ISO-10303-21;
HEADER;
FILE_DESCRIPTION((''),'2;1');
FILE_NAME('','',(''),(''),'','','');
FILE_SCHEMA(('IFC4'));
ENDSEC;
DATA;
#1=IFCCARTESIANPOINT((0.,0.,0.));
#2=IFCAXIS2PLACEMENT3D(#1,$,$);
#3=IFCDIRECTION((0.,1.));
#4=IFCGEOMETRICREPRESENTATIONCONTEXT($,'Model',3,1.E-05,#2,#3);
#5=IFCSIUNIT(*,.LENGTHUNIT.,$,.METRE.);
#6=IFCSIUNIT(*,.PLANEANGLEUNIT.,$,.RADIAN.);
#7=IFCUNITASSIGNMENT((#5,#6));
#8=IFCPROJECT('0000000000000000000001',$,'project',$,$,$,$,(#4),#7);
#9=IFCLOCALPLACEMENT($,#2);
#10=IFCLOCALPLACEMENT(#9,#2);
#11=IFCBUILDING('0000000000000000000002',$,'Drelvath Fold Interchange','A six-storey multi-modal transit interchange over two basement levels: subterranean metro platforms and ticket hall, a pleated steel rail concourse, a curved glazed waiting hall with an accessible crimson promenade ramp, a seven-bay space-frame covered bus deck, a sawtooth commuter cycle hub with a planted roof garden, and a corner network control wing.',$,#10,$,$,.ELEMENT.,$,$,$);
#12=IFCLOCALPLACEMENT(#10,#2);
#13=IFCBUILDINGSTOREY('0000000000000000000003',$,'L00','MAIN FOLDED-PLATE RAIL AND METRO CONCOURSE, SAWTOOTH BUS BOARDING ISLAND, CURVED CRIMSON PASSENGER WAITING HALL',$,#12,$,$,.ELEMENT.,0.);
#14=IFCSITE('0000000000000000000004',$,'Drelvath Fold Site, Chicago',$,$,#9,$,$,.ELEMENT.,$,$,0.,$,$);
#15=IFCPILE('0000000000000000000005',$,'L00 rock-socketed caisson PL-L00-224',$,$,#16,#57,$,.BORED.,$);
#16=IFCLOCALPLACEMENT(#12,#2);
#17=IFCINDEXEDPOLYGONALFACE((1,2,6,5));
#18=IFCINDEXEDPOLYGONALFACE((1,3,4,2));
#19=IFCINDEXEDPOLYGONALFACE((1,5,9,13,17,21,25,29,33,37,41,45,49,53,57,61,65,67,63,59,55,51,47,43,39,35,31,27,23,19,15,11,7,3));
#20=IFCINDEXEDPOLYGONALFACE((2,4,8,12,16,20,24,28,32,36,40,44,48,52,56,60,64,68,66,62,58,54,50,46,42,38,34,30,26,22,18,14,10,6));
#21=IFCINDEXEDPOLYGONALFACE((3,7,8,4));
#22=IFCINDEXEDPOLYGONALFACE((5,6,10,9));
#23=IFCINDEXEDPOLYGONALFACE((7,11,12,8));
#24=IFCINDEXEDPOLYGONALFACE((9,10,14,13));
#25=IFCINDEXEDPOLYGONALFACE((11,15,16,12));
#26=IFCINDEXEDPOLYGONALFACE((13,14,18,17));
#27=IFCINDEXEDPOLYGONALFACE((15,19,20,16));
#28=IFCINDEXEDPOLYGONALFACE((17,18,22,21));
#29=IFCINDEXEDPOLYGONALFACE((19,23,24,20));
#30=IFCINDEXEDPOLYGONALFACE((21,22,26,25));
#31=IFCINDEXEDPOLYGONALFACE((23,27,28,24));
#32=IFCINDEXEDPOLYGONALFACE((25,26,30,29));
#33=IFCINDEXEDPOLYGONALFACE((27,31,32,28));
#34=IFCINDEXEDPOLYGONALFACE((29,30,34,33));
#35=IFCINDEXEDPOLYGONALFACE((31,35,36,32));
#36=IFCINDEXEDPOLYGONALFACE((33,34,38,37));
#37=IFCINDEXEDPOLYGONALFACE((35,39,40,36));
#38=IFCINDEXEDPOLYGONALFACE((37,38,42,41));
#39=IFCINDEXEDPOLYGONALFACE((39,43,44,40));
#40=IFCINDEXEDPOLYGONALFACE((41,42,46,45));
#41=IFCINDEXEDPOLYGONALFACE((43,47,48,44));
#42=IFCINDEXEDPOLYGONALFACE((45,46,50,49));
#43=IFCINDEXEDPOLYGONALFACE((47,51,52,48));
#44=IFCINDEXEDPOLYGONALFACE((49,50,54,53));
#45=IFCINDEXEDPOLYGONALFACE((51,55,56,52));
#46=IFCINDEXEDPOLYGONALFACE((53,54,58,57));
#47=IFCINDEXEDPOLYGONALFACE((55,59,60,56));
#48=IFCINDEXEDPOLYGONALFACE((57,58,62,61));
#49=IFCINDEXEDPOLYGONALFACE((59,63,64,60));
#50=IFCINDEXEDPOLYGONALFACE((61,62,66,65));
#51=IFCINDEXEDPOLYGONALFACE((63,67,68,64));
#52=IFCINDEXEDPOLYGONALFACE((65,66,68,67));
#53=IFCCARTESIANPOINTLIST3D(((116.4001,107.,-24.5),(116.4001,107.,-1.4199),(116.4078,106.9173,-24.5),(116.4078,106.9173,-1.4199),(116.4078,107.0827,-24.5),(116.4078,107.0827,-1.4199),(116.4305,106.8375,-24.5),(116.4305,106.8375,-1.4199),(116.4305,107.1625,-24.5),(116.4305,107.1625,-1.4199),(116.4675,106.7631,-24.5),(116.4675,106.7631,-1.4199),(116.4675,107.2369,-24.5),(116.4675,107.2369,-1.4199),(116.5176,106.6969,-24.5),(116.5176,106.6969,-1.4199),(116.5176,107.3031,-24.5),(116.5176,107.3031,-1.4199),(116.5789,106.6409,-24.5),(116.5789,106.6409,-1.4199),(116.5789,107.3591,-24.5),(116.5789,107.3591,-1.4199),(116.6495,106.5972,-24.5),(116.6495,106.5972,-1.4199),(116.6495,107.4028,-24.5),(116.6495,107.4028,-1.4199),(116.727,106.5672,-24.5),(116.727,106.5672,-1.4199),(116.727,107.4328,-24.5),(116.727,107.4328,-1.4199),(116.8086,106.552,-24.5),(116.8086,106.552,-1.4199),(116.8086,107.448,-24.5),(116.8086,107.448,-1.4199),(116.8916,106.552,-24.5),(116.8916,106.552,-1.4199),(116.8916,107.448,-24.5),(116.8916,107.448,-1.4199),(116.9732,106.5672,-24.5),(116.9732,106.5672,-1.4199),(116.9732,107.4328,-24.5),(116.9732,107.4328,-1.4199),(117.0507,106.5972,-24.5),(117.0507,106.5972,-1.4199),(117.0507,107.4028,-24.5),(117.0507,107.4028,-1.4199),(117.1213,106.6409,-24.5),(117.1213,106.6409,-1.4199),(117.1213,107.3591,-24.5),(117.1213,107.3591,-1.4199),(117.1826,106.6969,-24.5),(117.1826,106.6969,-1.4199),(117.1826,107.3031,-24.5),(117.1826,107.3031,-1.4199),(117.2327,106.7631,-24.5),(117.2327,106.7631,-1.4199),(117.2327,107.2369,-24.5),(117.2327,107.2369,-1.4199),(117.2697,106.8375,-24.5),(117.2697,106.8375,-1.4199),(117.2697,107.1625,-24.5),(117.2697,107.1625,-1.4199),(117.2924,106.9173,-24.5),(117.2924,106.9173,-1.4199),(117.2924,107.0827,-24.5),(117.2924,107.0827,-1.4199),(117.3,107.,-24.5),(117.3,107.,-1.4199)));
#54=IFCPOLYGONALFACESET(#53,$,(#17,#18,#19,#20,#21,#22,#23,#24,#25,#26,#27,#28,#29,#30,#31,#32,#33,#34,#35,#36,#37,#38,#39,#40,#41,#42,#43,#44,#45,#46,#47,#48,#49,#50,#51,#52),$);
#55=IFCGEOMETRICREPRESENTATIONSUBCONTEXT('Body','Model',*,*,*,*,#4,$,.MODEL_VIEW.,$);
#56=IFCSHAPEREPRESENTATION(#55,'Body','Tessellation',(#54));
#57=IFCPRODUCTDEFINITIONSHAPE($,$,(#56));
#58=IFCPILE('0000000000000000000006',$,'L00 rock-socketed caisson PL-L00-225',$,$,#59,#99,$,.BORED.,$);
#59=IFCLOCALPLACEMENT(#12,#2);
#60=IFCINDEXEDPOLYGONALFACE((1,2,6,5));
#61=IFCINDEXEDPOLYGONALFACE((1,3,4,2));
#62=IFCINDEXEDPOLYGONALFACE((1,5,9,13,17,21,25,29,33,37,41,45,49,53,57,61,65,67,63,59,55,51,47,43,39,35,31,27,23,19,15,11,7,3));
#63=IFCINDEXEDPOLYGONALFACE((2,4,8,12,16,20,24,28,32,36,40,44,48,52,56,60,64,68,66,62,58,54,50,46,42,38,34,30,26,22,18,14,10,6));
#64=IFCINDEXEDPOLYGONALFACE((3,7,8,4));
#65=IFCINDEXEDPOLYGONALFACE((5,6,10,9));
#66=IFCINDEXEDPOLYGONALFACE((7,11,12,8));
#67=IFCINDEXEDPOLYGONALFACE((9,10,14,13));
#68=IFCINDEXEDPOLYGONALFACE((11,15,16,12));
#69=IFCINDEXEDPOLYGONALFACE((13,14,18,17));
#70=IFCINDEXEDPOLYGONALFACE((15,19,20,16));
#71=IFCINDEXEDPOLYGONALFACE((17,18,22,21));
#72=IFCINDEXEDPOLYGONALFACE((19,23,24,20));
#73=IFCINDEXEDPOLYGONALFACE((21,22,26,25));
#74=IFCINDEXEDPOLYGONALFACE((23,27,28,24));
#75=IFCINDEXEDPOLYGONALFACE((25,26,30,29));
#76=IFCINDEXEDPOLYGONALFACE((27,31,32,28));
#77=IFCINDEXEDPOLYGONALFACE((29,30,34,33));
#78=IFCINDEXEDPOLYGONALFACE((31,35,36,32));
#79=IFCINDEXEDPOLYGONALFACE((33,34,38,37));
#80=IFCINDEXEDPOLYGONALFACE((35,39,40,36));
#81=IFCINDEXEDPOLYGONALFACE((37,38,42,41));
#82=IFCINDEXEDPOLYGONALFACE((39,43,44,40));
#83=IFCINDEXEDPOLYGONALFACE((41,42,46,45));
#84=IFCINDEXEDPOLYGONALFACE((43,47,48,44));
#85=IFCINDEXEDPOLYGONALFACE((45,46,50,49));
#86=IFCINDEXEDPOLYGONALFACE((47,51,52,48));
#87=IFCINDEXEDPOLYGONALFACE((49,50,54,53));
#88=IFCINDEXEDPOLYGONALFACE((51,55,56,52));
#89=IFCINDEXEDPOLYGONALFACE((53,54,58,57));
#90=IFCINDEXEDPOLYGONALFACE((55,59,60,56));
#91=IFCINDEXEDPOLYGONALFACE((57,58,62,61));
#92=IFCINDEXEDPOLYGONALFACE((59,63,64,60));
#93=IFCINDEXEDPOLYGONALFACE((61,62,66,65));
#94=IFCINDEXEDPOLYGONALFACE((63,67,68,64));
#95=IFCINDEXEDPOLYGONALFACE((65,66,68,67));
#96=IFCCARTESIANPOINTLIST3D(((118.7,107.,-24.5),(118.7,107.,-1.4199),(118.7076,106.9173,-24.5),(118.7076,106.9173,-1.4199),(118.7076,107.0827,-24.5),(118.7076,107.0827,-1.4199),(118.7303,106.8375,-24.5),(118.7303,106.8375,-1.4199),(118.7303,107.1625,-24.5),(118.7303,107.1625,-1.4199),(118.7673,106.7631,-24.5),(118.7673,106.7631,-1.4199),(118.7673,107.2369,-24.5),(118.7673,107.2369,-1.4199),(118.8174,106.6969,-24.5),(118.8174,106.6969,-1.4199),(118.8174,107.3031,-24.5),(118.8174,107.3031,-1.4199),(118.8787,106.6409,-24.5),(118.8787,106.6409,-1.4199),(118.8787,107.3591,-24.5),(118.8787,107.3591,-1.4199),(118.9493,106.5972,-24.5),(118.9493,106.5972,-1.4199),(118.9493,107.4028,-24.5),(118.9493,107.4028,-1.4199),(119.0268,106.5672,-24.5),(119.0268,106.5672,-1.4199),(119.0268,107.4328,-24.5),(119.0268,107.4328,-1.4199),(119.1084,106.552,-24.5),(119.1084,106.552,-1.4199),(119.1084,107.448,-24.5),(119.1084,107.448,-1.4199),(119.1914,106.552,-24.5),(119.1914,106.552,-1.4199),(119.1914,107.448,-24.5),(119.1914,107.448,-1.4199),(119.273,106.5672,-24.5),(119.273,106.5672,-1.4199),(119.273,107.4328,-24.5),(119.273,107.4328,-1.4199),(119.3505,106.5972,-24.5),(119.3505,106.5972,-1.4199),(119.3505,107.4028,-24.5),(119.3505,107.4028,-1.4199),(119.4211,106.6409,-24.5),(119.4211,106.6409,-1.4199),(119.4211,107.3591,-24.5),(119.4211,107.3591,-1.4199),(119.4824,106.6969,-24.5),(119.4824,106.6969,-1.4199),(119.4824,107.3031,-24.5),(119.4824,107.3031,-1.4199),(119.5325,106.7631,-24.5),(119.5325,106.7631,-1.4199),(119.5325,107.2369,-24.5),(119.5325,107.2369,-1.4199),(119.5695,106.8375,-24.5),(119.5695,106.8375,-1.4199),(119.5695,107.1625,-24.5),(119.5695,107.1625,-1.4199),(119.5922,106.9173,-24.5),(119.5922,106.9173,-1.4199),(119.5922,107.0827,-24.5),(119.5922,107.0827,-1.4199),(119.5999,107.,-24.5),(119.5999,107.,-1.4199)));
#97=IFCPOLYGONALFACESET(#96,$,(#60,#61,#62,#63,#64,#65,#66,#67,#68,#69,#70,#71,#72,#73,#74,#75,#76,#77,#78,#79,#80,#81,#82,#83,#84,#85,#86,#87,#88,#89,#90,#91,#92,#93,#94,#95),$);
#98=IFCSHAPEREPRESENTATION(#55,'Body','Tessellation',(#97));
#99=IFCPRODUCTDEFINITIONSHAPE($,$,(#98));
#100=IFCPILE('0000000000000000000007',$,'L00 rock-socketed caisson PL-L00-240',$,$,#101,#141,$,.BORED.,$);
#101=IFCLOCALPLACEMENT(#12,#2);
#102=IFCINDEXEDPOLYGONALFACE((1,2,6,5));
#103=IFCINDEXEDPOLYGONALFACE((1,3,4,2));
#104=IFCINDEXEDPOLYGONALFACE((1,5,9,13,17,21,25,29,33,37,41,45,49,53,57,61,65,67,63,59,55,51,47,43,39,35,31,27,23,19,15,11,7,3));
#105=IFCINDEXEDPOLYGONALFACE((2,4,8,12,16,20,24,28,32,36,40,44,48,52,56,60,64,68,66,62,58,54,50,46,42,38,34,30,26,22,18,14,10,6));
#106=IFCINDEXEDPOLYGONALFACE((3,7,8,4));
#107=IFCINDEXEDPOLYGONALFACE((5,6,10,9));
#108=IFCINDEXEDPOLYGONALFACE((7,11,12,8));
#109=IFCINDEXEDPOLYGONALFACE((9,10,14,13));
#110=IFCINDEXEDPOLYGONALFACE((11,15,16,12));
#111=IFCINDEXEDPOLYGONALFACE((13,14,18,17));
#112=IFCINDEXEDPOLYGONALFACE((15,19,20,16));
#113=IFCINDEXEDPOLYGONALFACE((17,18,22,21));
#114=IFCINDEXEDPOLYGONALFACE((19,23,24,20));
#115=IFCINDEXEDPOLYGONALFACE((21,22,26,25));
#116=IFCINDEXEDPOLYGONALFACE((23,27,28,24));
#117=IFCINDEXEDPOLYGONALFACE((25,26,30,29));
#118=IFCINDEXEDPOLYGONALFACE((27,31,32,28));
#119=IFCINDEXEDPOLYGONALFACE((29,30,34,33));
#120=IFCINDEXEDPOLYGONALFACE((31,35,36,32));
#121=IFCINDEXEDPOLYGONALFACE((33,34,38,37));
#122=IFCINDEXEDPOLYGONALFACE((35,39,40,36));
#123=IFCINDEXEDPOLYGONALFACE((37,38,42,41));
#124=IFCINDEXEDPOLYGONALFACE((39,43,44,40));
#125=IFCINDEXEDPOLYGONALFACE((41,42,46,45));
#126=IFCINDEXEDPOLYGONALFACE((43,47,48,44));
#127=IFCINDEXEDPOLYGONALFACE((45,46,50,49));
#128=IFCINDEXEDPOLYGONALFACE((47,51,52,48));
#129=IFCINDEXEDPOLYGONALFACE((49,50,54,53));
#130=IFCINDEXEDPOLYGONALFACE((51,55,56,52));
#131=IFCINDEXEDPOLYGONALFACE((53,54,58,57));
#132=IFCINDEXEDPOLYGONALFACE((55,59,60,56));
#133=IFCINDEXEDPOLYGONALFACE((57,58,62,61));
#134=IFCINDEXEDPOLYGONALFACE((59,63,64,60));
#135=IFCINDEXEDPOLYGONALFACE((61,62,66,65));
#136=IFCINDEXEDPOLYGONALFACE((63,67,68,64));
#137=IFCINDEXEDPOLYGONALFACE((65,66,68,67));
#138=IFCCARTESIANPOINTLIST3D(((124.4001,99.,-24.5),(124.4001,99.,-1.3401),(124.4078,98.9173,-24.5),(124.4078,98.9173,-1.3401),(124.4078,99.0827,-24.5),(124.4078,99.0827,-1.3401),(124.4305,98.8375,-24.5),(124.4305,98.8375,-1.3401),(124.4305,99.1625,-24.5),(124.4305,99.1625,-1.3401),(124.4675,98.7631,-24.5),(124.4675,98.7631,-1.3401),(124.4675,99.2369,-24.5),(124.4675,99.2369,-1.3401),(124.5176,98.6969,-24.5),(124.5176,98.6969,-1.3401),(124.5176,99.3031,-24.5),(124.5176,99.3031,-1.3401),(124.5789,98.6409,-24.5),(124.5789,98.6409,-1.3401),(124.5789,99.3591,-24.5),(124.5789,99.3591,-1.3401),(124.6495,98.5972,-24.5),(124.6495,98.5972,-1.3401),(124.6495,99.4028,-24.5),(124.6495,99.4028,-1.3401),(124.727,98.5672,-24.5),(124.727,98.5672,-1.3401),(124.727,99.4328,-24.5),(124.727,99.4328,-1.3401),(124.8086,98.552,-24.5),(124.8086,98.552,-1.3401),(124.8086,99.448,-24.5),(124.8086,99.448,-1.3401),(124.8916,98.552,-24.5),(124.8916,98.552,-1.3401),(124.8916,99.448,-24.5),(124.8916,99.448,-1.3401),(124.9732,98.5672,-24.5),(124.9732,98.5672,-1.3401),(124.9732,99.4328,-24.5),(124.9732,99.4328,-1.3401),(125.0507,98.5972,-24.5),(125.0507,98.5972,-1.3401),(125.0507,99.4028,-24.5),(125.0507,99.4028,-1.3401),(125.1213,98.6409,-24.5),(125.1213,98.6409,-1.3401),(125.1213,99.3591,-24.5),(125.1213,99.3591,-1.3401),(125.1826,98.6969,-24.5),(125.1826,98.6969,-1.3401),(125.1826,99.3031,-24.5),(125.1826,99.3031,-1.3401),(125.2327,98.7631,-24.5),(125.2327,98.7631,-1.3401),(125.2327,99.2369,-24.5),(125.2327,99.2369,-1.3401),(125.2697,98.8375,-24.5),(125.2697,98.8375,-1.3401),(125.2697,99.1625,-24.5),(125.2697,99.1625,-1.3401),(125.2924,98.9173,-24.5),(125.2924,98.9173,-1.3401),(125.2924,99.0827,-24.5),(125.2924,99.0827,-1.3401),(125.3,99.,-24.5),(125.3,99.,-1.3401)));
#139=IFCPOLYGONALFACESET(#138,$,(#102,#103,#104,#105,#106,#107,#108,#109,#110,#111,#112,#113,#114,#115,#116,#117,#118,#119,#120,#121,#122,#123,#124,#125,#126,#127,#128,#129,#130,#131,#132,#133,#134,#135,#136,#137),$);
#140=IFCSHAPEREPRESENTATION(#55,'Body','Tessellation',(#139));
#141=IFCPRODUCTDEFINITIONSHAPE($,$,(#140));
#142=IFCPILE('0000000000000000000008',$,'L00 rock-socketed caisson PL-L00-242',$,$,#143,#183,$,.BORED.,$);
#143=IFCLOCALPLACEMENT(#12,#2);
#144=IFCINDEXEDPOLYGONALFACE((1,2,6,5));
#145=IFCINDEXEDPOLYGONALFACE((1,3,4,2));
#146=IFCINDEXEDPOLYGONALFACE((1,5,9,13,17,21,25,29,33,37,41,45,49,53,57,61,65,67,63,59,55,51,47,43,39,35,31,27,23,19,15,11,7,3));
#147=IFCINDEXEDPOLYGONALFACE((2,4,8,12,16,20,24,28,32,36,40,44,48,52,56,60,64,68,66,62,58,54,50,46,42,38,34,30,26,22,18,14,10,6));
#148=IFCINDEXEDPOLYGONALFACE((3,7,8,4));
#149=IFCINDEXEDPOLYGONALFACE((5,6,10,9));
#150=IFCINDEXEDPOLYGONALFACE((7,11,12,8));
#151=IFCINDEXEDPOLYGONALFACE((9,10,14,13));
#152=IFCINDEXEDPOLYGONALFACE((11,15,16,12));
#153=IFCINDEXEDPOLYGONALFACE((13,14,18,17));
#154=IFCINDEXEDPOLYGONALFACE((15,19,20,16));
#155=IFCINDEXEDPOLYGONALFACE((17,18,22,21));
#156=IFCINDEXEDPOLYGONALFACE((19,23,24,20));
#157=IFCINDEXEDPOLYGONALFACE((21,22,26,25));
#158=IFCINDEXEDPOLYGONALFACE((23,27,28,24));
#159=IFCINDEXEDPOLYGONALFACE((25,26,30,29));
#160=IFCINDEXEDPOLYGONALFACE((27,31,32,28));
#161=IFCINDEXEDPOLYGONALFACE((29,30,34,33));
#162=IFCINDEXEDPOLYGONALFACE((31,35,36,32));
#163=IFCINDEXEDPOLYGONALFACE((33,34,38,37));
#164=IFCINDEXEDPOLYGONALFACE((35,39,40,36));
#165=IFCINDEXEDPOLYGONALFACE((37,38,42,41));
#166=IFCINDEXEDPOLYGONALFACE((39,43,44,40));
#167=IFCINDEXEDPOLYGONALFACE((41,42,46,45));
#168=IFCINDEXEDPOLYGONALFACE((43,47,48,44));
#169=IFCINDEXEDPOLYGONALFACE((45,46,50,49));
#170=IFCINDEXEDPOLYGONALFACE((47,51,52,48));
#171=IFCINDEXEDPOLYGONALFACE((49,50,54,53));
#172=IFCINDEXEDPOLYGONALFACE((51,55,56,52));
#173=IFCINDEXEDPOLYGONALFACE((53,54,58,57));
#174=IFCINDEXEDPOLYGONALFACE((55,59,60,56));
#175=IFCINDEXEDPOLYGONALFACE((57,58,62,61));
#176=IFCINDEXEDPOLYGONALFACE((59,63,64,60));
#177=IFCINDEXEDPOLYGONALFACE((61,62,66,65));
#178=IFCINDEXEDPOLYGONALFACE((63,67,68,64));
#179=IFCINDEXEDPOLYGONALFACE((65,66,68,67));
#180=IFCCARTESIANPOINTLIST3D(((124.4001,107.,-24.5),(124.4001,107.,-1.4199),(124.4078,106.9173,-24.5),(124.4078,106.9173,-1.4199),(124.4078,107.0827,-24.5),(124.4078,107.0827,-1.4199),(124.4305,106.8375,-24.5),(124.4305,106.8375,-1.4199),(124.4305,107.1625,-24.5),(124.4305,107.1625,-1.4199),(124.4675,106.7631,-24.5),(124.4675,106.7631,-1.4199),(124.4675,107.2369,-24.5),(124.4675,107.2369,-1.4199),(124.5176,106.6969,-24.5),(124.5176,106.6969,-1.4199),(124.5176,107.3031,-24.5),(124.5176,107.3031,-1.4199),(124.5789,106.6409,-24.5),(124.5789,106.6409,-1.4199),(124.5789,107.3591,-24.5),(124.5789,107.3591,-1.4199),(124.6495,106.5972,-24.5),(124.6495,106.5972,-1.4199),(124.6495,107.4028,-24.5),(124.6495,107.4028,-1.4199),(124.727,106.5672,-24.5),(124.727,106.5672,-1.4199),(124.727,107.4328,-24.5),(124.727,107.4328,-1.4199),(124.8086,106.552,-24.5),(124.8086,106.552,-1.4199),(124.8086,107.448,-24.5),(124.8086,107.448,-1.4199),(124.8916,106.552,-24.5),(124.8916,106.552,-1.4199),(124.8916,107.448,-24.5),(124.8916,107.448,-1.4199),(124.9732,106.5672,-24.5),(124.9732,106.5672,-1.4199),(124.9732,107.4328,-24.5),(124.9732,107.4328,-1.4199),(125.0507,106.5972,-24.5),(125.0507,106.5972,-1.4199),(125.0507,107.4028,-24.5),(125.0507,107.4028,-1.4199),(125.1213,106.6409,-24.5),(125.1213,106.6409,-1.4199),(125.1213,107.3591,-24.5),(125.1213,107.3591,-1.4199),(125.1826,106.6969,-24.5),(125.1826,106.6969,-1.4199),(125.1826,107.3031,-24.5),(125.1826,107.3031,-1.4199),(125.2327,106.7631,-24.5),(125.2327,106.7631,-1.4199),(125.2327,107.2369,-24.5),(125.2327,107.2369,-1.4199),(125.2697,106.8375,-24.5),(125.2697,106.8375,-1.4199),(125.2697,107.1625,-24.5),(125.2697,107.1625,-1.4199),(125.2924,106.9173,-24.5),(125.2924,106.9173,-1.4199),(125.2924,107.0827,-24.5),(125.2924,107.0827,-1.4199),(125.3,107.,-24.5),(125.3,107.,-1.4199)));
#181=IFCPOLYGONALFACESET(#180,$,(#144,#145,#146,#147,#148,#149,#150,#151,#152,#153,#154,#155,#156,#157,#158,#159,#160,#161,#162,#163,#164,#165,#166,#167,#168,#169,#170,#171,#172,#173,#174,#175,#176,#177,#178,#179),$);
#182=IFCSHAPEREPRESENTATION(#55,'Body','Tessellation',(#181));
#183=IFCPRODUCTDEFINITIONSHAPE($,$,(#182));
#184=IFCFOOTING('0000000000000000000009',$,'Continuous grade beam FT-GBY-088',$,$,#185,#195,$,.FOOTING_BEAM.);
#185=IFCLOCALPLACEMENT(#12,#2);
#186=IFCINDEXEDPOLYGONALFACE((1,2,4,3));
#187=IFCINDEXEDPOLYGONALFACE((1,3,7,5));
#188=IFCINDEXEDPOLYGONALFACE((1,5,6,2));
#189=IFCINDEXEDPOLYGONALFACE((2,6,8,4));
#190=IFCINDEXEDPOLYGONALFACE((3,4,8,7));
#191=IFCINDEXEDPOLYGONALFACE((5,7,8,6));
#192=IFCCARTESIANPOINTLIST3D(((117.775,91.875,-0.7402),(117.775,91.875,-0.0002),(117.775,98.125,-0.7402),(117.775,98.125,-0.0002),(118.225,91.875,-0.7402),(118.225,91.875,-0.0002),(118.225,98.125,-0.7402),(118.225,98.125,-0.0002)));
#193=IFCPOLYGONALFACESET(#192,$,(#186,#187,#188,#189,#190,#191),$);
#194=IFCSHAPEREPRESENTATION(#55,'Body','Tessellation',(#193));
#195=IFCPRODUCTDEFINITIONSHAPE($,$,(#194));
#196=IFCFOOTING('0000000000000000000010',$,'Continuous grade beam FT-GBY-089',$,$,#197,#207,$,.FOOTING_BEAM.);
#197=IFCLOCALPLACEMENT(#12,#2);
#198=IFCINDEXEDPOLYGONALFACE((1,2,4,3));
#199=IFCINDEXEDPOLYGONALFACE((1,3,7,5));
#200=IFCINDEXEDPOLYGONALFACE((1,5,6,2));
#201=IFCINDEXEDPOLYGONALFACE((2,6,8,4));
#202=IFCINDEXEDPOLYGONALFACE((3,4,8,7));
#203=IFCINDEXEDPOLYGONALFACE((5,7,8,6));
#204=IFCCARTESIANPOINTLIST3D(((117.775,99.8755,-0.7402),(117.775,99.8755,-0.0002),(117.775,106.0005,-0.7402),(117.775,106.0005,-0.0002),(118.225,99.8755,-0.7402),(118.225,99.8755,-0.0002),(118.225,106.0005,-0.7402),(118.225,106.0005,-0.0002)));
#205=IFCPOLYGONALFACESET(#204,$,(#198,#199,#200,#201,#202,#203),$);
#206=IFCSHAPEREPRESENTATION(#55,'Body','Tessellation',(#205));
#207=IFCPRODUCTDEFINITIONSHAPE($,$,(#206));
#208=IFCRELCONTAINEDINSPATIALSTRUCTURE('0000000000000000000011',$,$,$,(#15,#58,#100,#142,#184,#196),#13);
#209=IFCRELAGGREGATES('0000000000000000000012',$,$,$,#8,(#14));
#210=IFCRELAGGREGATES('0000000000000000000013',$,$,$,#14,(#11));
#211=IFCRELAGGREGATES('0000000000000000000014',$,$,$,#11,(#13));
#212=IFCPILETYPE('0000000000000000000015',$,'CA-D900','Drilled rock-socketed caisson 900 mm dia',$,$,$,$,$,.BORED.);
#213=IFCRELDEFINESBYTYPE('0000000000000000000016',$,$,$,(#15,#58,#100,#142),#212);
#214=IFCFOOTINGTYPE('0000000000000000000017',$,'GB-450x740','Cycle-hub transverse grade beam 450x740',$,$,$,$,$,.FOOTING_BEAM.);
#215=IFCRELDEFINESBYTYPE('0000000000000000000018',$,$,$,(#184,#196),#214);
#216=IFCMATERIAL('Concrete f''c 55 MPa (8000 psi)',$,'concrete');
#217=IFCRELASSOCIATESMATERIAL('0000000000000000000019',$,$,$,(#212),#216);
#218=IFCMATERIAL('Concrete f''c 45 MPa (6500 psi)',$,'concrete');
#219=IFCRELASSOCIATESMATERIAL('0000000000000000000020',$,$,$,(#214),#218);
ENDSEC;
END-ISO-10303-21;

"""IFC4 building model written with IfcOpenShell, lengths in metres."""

from ifc_helpers import new_model, si_unit, direction, frame, origin, origin_2d, place, context, subcontext, project, spatial, rectangle, circle, extrude, material, material_profile, profile_set, type_object, element, save


model = new_model("IFC4")

# Units and contexts
model_context = context("Model", 3, precision=1e-05, world=origin(), true_north=direction((0.0, 1.0)))
body_context = subcontext(model_context, "Body", "Model", "MODEL_VIEW")
ifc_project = project(units=[si_unit("LENGTHUNIT", "METRE"), si_unit("PLANEANGLEUNIT", "RADIAN")], contexts=[model_context])

# Site, building, storey
site_placement = place(None, origin())
site = spatial("IfcSite", under=ifc_project, at=site_placement, Name="Drelvath Fold Site, Chicago", CompositionType="ELEMENT", RefElevation=0.0)
building_placement = place(site_placement, origin())
building = spatial("IfcBuilding", under=site, at=building_placement, Name="Drelvath Fold Interchange", Description="A six-storey multi-modal transit interchange over two basement levels: subterranean metro platforms and ticket hall, a pleated steel rail concourse, a curved glazed waiting hall with an accessible crimson promenade ramp, a seven-bay space-frame covered bus deck, a sawtooth commuter cycle hub with a planted roof garden, and a corner network control wing.", CompositionType="ELEMENT")
storey_placement = place(building_placement, origin())
storey = spatial("IfcBuildingStorey", under=building, at=storey_placement, Name="L00", Description="MAIN FOLDED-PLATE RAIL AND METRO CONCOURSE, SAWTOOTH BUS BOARDING ISLAND, CURVED CRIMSON PASSENGER WAITING HALL", CompositionType="ELEMENT", Elevation=0.0)

# Piles
ifc_material_1 = material(Name="Concrete f'c 55 MPa (8000 psi)", Category="concrete")
ifc_material_profile_1 = material_profile(ifc_material_1, circle(Radius=0.45, at=origin_2d()), Name="CAISSON D900")
ifc_profile_set_1 = profile_set([ifc_material_profile_1], Name="Concrete f'c 55 MPa (8000 psi)")
pile_type = type_object("IfcPileType", Name="CA-D900", Description="Drilled rock-socketed caisson 900 mm dia", PredefinedType="BORED", material=ifc_profile_set_1)
for number, where, z_axis, x_axis, name in (
    (1, (116.8501, 107.0, -1.4199), (0.0, 0.0, -1.0), (1.0, 0.0, 0.0), "L00 rock-socketed caisson PL-L00-224"),
    (2, (119.1499, 107.0, -1.4199), (0.0, 0.0, -1.0), (1.0, 0.0, 0.0), "L00 rock-socketed caisson PL-L00-225"),
):
    element("IfcPile", number, at=place(storey_placement, frame(where, z_axis=z_axis, x_axis=x_axis)), inside=storey, type_object=pile_type, Name=name, PredefinedType="BORED", context=body_context, shape_type="SweptSolid", body=[
        extrude(circle(Radius=0.45, at=origin_2d()), origin(), (0.0, 0.0, 1.0), 23.0801),
    ])
pile_1_placement = place(storey_placement, frame((124.8501, 99.0, -1.3401), z_axis=(0.0, 0.0, -1.0), x_axis=(1.0, 0.0, 0.0)))
element("IfcPile", 3, at=pile_1_placement, inside=storey, type_object=pile_type, Name="L00 rock-socketed caisson PL-L00-240", PredefinedType="BORED", context=body_context, shape_type="SweptSolid", body=[
    extrude(circle(Radius=0.45, at=origin_2d()), origin(), (0.0, 0.0, 1.0), 23.1599),
])
pile_2_placement = place(storey_placement, frame((124.8501, 107.0, -1.4199), z_axis=(0.0, 0.0, -1.0), x_axis=(1.0, 0.0, 0.0)))
element("IfcPile", 4, at=pile_2_placement, inside=storey, type_object=pile_type, Name="L00 rock-socketed caisson PL-L00-242", PredefinedType="BORED", context=body_context, shape_type="SweptSolid", body=[
    extrude(circle(Radius=0.45, at=origin_2d()), origin(), (0.0, 0.0, 1.0), 23.0801),
])

# Footings
ifc_material_2 = material(Name="Concrete f'c 45 MPa (6500 psi)", Category="concrete")
footing_type_1 = type_object("IfcFootingType", Name="GB-450x740", Description="Cycle-hub transverse grade beam 450x740", PredefinedType="FOOTING_BEAM", material=ifc_material_2)
footing_1_placement = place(storey_placement, frame((118.0, 95.0, -0.7402), z_axis=(0.0, 0.0, 1.0), x_axis=(1.0, 0.0, 0.0)))
element("IfcFooting", 5, at=footing_1_placement, inside=storey, type_object=footing_type_1, Name="Continuous grade beam FT-GBY-088", PredefinedType="FOOTING_BEAM", context=body_context, shape_type="SweptSolid", body=[
    extrude(rectangle(XDim=0.45, YDim=6.25, at=origin_2d()), origin(), (0.0, 0.0, 1.0), 0.74),
])
footing_2_placement = place(storey_placement, frame((118.0, 102.938, -0.7402), z_axis=(0.0, 0.0, 1.0), x_axis=(1.0, 0.0, 0.0)))
element("IfcFooting", 6, at=footing_2_placement, inside=storey, type_object=footing_type_1, Name="Continuous grade beam FT-GBY-089", PredefinedType="FOOTING_BEAM", context=body_context, shape_type="SweptSolid", body=[
    extrude(rectangle(XDim=0.45, YDim=6.125, at=origin_2d()), origin(), (0.0, 0.0, 1.0), 0.74),
])

save(model, "model.ifc")
